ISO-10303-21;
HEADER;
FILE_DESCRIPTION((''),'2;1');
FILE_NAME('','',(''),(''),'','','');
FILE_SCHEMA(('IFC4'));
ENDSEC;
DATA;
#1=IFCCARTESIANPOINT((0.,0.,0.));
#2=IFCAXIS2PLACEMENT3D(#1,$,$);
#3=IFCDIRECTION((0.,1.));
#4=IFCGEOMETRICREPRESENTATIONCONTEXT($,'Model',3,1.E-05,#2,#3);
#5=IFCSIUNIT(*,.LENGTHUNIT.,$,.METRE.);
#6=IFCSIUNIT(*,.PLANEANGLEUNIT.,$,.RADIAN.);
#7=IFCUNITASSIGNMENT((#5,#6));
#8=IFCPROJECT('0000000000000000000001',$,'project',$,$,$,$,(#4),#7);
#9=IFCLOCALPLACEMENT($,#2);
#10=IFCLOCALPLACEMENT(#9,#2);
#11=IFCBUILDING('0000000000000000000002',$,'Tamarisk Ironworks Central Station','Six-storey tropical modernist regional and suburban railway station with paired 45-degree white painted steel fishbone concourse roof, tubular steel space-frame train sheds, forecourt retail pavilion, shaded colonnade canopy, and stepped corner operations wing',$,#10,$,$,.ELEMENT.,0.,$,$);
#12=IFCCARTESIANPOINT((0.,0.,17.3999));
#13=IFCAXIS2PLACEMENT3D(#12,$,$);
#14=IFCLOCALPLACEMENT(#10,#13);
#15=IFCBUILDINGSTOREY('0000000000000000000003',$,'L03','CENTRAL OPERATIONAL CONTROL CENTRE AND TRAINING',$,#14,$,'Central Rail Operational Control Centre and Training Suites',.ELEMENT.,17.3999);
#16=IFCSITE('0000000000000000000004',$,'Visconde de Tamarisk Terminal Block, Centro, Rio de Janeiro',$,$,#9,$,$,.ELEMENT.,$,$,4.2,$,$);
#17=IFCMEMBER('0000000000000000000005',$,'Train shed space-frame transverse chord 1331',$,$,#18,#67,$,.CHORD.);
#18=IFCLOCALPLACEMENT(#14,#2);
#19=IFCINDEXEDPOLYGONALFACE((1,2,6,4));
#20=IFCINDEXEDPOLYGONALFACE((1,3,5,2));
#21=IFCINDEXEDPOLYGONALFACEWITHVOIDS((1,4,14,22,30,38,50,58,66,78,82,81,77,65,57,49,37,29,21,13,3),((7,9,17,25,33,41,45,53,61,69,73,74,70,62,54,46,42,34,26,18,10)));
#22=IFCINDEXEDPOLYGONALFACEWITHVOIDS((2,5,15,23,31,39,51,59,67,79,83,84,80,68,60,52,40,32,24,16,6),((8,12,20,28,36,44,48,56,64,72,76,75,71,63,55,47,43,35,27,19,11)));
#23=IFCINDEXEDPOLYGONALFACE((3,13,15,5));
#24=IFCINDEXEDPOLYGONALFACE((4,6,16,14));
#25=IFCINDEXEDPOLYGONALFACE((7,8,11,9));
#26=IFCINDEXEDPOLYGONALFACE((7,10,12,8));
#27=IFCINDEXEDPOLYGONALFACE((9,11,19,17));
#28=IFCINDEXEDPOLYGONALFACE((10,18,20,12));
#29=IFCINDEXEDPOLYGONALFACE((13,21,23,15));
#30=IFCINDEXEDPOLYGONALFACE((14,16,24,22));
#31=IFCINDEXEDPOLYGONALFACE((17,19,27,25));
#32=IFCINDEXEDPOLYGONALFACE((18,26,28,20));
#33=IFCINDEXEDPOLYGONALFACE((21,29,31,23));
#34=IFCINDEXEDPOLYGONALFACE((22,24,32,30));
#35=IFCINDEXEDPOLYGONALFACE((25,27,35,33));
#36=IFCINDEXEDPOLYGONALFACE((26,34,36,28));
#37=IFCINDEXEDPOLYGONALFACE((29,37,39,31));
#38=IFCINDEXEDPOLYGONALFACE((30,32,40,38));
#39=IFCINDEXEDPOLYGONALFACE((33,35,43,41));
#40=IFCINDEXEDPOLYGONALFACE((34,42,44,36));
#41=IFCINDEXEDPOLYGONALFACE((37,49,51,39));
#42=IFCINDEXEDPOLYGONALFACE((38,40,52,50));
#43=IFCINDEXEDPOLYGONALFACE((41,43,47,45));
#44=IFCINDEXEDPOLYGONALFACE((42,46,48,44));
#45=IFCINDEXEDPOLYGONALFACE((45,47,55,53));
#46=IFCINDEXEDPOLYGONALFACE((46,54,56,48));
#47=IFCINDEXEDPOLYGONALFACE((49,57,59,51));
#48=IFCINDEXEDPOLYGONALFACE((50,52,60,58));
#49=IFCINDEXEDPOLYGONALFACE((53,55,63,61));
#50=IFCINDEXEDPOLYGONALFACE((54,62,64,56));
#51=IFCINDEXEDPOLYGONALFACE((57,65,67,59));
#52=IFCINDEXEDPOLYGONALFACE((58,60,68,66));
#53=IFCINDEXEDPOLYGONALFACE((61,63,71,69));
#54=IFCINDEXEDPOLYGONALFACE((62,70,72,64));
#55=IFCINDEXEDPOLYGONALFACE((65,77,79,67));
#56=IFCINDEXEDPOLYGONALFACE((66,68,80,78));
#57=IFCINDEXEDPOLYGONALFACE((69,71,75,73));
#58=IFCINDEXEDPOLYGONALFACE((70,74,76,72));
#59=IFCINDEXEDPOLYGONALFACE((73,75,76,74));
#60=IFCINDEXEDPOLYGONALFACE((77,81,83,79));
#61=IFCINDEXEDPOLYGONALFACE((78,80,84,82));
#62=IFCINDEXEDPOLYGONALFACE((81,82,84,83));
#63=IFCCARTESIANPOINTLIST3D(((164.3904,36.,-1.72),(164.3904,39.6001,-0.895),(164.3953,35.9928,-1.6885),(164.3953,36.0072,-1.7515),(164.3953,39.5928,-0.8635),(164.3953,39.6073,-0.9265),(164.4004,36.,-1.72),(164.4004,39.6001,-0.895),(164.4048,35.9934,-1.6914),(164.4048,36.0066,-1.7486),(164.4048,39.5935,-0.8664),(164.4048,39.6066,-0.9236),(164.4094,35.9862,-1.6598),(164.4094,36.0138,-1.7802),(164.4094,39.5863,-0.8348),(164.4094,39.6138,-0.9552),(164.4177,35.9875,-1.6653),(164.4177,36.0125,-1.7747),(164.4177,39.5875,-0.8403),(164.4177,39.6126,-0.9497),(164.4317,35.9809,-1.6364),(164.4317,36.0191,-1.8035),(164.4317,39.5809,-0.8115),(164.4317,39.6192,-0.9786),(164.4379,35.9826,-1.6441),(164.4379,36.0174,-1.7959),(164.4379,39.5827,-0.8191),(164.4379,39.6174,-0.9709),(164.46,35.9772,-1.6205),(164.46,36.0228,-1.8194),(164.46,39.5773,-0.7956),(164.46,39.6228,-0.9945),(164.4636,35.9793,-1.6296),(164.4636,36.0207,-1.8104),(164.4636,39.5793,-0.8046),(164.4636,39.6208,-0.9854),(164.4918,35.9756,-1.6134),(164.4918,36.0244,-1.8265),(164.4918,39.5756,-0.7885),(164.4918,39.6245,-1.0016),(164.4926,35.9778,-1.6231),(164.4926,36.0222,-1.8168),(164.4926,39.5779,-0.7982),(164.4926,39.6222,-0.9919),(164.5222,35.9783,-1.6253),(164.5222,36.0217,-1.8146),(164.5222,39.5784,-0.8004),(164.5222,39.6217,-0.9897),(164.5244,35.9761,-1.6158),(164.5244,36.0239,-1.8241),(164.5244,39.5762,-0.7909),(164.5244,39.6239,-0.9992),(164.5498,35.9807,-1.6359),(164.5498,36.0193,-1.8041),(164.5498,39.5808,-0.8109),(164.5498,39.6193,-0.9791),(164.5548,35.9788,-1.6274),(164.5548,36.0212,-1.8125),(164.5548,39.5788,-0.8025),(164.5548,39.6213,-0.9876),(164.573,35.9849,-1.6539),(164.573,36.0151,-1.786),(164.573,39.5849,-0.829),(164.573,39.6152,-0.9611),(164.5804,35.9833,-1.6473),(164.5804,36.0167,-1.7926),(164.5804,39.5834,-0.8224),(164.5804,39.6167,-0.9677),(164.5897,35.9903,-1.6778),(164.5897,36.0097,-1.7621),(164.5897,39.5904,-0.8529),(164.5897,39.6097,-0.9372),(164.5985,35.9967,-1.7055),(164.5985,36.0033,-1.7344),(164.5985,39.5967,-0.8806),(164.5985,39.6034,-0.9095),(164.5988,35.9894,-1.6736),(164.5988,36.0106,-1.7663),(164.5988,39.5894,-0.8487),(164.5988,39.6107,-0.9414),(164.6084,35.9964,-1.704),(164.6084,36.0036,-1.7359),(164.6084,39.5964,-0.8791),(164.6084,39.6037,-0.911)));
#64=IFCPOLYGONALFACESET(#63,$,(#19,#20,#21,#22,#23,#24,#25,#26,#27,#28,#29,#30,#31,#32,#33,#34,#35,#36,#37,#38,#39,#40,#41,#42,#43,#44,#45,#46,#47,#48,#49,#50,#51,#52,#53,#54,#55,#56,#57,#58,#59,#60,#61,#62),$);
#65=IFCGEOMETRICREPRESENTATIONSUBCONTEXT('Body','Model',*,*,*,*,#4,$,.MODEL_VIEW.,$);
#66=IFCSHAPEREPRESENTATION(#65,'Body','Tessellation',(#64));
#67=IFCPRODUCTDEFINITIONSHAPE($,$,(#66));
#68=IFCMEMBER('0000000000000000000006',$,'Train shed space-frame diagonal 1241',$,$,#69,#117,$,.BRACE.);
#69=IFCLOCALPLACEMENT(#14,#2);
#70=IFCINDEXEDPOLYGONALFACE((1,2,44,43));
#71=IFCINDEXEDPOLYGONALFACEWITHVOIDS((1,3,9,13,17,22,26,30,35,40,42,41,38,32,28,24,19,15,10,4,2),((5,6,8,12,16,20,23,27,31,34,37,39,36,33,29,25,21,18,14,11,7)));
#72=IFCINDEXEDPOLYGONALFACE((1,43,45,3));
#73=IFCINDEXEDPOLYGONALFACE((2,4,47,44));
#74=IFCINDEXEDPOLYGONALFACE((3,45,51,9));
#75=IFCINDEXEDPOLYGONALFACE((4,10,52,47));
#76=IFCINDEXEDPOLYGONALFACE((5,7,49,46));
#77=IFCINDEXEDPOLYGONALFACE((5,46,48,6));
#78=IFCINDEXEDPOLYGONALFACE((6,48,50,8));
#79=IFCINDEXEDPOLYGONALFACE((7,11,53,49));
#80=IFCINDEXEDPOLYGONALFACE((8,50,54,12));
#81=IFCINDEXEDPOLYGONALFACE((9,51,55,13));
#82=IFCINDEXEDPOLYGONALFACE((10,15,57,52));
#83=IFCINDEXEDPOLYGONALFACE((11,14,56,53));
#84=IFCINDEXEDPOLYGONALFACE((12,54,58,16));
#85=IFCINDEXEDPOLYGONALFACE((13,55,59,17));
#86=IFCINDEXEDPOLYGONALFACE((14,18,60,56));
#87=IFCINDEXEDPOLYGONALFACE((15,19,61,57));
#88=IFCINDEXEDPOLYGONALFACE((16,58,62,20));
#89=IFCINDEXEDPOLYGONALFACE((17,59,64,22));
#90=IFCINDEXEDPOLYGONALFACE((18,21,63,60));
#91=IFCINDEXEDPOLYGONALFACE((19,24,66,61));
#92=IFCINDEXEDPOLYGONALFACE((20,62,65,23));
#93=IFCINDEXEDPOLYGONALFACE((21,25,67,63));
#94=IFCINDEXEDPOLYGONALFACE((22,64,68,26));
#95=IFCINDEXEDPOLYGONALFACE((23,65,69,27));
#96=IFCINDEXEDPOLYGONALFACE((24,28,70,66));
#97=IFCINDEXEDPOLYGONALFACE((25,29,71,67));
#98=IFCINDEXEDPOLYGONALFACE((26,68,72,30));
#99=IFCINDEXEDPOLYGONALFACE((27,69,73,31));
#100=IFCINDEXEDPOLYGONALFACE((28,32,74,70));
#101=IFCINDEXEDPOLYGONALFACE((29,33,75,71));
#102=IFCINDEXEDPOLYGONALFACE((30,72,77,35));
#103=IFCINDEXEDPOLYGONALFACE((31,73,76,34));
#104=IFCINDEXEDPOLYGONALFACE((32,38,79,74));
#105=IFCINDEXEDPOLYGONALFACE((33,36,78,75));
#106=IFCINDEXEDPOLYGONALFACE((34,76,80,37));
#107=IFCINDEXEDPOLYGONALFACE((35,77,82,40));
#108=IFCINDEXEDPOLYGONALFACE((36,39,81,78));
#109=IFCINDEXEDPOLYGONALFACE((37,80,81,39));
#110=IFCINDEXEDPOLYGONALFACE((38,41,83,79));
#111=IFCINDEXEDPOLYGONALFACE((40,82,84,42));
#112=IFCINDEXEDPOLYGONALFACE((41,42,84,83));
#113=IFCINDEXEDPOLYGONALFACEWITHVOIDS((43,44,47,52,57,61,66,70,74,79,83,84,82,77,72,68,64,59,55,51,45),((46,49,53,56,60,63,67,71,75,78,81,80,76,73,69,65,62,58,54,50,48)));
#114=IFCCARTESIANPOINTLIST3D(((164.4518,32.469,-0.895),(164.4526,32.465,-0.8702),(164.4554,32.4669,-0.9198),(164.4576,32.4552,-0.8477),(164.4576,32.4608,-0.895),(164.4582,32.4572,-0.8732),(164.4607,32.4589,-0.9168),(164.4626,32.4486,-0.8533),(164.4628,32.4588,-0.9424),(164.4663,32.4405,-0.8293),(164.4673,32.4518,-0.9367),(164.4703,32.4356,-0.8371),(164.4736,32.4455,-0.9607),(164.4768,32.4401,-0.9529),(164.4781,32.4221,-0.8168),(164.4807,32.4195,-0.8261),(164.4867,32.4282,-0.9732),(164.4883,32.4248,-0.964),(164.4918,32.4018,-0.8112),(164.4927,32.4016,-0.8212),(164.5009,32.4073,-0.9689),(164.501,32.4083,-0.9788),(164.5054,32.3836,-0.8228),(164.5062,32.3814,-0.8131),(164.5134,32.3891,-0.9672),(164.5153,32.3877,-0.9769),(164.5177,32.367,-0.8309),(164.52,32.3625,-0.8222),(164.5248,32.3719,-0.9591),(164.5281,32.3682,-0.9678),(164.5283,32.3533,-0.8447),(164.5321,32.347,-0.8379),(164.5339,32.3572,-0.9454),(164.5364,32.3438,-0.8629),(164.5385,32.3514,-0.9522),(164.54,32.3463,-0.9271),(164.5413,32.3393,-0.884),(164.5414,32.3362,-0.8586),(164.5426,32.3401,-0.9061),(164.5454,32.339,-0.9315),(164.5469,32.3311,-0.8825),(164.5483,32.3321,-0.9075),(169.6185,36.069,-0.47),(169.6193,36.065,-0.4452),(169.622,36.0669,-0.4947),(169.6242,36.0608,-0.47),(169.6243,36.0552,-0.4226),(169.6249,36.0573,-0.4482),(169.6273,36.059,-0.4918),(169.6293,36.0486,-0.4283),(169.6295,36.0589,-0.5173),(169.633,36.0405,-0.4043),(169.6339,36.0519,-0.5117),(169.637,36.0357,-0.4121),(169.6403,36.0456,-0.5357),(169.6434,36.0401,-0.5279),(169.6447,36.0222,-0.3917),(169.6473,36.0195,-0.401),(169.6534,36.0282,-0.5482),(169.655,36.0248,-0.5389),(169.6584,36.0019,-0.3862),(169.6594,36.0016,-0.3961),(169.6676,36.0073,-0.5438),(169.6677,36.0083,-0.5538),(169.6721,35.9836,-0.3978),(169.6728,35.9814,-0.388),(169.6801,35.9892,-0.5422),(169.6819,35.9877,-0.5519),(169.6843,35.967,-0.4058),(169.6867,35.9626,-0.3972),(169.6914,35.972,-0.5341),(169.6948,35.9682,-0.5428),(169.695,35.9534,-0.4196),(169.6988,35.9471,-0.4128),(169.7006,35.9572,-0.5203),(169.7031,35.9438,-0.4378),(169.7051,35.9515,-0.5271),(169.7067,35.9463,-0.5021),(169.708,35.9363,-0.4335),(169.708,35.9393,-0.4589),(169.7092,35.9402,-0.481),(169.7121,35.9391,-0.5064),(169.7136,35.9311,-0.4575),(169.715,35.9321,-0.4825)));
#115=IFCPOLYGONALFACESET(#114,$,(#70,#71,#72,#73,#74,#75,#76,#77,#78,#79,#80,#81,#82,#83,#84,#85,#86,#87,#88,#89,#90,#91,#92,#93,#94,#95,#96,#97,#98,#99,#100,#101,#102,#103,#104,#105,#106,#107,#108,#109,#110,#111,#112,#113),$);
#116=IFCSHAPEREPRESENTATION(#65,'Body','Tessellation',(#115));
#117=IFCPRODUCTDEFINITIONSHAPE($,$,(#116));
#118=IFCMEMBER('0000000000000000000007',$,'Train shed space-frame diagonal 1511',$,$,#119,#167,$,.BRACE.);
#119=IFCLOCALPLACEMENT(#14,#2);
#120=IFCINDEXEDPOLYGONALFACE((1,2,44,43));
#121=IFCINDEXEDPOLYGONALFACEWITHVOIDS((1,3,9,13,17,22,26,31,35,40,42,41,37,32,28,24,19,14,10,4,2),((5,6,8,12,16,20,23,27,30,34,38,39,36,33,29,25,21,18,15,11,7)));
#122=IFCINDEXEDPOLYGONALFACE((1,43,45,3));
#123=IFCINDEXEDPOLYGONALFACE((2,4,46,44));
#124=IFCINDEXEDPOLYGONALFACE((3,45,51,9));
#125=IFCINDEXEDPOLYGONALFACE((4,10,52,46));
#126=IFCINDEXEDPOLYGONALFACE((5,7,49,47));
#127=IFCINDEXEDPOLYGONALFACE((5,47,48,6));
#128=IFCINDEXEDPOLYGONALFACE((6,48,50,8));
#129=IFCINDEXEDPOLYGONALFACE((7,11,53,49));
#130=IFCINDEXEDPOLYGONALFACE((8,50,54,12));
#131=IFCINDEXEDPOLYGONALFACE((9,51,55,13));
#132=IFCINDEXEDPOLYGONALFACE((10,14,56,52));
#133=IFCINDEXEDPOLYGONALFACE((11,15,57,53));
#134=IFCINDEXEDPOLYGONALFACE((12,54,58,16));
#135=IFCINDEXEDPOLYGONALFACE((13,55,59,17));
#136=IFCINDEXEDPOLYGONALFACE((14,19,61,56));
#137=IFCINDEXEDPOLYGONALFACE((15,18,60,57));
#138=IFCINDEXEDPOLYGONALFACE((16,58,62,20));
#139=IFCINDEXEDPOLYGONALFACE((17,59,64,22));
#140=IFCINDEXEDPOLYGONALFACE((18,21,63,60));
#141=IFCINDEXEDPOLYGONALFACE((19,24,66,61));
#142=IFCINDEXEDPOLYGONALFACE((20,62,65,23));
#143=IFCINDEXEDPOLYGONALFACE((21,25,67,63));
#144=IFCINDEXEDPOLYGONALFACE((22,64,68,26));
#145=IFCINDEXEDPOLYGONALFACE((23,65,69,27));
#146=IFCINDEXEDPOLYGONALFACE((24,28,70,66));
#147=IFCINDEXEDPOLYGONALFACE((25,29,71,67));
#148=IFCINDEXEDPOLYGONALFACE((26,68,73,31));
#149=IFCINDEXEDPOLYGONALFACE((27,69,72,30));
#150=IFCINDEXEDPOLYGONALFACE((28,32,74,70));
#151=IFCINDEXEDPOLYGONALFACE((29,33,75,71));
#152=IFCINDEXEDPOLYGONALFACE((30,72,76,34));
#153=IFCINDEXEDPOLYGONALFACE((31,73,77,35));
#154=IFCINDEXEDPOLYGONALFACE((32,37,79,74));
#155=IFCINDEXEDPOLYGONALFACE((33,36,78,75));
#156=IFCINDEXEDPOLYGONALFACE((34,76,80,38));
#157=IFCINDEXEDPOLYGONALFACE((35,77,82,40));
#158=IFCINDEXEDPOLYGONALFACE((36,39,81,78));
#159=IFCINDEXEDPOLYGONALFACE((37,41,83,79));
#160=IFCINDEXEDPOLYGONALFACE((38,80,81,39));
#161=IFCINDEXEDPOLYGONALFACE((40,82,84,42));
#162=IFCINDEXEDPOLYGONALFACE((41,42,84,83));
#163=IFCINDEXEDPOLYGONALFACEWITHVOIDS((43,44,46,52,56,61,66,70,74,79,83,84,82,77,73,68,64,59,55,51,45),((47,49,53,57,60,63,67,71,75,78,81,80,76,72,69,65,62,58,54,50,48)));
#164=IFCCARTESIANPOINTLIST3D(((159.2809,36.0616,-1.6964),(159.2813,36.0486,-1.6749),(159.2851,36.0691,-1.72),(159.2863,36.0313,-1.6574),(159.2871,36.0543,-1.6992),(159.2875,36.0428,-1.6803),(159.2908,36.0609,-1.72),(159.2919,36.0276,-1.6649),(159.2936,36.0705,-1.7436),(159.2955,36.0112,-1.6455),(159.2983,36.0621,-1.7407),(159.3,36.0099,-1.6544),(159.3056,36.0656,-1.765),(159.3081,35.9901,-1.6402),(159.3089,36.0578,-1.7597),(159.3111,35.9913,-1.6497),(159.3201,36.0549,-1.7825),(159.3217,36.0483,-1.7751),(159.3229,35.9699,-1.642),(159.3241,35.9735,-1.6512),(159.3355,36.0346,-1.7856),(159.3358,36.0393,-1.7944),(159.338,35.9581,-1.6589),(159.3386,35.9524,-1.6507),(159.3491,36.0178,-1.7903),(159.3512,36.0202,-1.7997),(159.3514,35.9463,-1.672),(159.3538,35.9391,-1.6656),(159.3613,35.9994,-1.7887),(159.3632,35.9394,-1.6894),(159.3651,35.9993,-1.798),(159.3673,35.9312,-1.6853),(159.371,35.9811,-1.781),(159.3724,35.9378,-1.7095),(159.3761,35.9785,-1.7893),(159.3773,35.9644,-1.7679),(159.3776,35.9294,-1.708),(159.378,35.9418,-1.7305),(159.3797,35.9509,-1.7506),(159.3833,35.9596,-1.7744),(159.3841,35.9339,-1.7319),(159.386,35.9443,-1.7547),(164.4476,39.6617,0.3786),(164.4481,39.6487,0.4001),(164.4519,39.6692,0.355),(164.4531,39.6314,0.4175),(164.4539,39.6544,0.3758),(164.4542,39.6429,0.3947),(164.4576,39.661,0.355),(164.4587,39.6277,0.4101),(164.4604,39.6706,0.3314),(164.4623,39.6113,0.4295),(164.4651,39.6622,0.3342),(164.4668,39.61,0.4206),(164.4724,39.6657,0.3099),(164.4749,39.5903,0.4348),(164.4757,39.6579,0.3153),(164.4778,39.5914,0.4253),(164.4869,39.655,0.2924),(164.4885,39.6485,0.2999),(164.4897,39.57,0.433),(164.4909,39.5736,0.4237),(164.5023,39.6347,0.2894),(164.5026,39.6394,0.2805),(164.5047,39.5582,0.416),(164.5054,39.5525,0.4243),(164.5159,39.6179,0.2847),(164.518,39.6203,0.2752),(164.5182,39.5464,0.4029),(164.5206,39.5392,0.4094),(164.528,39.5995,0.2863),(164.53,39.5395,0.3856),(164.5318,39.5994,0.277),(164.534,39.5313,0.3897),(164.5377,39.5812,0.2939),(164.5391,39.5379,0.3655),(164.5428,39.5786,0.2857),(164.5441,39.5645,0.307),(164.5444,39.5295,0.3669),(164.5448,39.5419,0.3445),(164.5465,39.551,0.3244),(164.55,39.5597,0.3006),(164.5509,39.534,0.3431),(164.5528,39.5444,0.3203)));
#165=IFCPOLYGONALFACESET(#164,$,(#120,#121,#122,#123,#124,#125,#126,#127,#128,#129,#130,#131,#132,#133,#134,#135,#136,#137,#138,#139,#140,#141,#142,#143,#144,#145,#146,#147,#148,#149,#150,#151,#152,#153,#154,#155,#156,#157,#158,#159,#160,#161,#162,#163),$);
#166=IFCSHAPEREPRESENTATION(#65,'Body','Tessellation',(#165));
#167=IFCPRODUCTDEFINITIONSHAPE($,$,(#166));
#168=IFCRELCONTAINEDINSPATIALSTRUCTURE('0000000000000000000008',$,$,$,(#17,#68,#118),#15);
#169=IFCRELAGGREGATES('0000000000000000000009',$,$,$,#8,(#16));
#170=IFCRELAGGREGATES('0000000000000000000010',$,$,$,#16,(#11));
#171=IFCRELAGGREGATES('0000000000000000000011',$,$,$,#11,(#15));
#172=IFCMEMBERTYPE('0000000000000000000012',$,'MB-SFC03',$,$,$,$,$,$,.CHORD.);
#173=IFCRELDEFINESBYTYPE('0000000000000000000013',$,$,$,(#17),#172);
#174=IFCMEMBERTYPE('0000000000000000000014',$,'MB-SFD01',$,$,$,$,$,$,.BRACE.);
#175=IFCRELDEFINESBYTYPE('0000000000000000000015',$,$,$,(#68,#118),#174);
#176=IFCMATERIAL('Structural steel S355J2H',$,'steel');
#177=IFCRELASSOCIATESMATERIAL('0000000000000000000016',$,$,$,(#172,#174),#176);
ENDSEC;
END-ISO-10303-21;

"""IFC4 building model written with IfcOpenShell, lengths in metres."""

from ifc_helpers import new_model, si_unit, direction, frame, origin, origin_2d, place, context, subcontext, project, spatial, hollow_circle, extrude, material, material_profile, profile_set, type_object, element, save


model = new_model("IFC4")

# Units and contexts
model_context = context("Model", 3, precision=1e-05, world=origin(), true_north=direction((0.0, 1.0)))
body_context = subcontext(model_context, "Body", "Model", "MODEL_VIEW")
ifc_project = project(units=[si_unit("LENGTHUNIT", "METRE"), si_unit("PLANEANGLEUNIT", "RADIAN")], contexts=[model_context])

# Site, building, storey
site_placement = place(None, origin())
site = spatial("IfcSite", under=ifc_project, at=site_placement, Name="Visconde de Tamarisk Terminal Block, Centro, Rio de Janeiro", CompositionType="ELEMENT", RefElevation=4.2)
building_placement = place(site_placement, origin())
building = spatial("IfcBuilding", under=site, at=building_placement, Name="Tamarisk Ironworks Central Station", Description="Six-storey tropical modernist regional and suburban railway station with paired 45-degree white painted steel fishbone concourse roof, tubular steel space-frame train sheds, forecourt retail pavilion, shaded colonnade canopy, and stepped corner operations wing", CompositionType="ELEMENT", ElevationOfRefHeight=0.0)
storey_placement = place(building_placement, frame((0.0, 0.0, 17.3999)))
storey = spatial("IfcBuildingStorey", under=building, at=storey_placement, Name="L03", Description="CENTRAL OPERATIONAL CONTROL CENTRE AND TRAINING", LongName="Central Rail Operational Control Centre and Training Suites", CompositionType="ELEMENT", Elevation=17.3999)

# Members
ifc_material_1 = material(Name="Structural steel S355J2H", Category="steel")
ifc_material_profile_1 = material_profile(ifc_material_1, hollow_circle(Radius=0.1096, WallThickness=0.01, at=origin_2d()), Name="CHS 219.1x10")
ifc_profile_set_1 = profile_set([ifc_material_profile_1], Name="Structural steel S355J2H")
member_type_1 = type_object("IfcMemberType", Name="MB-SFC03", PredefinedType="CHORD", material=ifc_profile_set_1)
for number, where, z_axis, x_axis, name in (
    (1, (164.5, 36.0, -1.72), (0.0, 0.974737, 0.223358), (-1.0, 0.0, 0.0), "Train shed space-frame transverse chord 1331"),
):
    element("IfcMember", number, at=place(storey_placement, frame(where, z_axis=z_axis, x_axis=x_axis)), inside=storey, type_object=member_type_1, Name=name, PredefinedType="CHORD", context=body_context, shape_type="SweptSolid", body=[
        extrude(hollow_circle(Radius=0.1096, WallThickness=0.01, at=origin_2d()), origin(), (0.0, 0.0, 1.0), 3.6934),
    ])
ifc_material_profile_2 = material_profile(ifc_material_1, hollow_circle(Radius=0.0842, WallThickness=0.01, at=origin_2d()), Name="CHS 168.3x10")
ifc_profile_set_2 = profile_set([ifc_material_profile_2], Name="Structural steel S355J2H")
member_type_2 = type_object("IfcMemberType", Name="MB-SFD01", PredefinedType="BRACE", material=ifc_profile_set_2)
member_1_placement = place(storey_placement, frame((164.5, 32.3999, -0.895), z_axis=(0.818608, 0.570391, 0.067344), x_axis=(-0.571689, 0.82047, 0.0)))
element("IfcMember", 2, at=member_1_placement, inside=storey, type_object=member_type_2, Name="Train shed space-frame diagonal 1241", PredefinedType="BRACE", context=body_context, shape_type="SweptSolid", body=[
    extrude(hollow_circle(Radius=0.0842, WallThickness=0.01, at=origin_2d()), origin(), (0.0, 0.0, 1.0), 6.3115),
])
member_2_placement = place(storey_placement, frame((159.3333, 36.0, -1.72), z_axis=(0.779258, 0.542973, 0.312948), x_axis=(-0.571689, 0.82047, 0.0)))
element("IfcMember", 3, at=member_2_placement, inside=storey, type_object=member_type_2, Name="Train shed space-frame diagonal 1511", PredefinedType="BRACE", context=body_context, shape_type="SweptSolid", body=[
    extrude(hollow_circle(Radius=0.0842, WallThickness=0.01, at=origin_2d()), origin(), (0.0, 0.0, 1.0), 6.6304),
])

save(model, "model.ifc")
